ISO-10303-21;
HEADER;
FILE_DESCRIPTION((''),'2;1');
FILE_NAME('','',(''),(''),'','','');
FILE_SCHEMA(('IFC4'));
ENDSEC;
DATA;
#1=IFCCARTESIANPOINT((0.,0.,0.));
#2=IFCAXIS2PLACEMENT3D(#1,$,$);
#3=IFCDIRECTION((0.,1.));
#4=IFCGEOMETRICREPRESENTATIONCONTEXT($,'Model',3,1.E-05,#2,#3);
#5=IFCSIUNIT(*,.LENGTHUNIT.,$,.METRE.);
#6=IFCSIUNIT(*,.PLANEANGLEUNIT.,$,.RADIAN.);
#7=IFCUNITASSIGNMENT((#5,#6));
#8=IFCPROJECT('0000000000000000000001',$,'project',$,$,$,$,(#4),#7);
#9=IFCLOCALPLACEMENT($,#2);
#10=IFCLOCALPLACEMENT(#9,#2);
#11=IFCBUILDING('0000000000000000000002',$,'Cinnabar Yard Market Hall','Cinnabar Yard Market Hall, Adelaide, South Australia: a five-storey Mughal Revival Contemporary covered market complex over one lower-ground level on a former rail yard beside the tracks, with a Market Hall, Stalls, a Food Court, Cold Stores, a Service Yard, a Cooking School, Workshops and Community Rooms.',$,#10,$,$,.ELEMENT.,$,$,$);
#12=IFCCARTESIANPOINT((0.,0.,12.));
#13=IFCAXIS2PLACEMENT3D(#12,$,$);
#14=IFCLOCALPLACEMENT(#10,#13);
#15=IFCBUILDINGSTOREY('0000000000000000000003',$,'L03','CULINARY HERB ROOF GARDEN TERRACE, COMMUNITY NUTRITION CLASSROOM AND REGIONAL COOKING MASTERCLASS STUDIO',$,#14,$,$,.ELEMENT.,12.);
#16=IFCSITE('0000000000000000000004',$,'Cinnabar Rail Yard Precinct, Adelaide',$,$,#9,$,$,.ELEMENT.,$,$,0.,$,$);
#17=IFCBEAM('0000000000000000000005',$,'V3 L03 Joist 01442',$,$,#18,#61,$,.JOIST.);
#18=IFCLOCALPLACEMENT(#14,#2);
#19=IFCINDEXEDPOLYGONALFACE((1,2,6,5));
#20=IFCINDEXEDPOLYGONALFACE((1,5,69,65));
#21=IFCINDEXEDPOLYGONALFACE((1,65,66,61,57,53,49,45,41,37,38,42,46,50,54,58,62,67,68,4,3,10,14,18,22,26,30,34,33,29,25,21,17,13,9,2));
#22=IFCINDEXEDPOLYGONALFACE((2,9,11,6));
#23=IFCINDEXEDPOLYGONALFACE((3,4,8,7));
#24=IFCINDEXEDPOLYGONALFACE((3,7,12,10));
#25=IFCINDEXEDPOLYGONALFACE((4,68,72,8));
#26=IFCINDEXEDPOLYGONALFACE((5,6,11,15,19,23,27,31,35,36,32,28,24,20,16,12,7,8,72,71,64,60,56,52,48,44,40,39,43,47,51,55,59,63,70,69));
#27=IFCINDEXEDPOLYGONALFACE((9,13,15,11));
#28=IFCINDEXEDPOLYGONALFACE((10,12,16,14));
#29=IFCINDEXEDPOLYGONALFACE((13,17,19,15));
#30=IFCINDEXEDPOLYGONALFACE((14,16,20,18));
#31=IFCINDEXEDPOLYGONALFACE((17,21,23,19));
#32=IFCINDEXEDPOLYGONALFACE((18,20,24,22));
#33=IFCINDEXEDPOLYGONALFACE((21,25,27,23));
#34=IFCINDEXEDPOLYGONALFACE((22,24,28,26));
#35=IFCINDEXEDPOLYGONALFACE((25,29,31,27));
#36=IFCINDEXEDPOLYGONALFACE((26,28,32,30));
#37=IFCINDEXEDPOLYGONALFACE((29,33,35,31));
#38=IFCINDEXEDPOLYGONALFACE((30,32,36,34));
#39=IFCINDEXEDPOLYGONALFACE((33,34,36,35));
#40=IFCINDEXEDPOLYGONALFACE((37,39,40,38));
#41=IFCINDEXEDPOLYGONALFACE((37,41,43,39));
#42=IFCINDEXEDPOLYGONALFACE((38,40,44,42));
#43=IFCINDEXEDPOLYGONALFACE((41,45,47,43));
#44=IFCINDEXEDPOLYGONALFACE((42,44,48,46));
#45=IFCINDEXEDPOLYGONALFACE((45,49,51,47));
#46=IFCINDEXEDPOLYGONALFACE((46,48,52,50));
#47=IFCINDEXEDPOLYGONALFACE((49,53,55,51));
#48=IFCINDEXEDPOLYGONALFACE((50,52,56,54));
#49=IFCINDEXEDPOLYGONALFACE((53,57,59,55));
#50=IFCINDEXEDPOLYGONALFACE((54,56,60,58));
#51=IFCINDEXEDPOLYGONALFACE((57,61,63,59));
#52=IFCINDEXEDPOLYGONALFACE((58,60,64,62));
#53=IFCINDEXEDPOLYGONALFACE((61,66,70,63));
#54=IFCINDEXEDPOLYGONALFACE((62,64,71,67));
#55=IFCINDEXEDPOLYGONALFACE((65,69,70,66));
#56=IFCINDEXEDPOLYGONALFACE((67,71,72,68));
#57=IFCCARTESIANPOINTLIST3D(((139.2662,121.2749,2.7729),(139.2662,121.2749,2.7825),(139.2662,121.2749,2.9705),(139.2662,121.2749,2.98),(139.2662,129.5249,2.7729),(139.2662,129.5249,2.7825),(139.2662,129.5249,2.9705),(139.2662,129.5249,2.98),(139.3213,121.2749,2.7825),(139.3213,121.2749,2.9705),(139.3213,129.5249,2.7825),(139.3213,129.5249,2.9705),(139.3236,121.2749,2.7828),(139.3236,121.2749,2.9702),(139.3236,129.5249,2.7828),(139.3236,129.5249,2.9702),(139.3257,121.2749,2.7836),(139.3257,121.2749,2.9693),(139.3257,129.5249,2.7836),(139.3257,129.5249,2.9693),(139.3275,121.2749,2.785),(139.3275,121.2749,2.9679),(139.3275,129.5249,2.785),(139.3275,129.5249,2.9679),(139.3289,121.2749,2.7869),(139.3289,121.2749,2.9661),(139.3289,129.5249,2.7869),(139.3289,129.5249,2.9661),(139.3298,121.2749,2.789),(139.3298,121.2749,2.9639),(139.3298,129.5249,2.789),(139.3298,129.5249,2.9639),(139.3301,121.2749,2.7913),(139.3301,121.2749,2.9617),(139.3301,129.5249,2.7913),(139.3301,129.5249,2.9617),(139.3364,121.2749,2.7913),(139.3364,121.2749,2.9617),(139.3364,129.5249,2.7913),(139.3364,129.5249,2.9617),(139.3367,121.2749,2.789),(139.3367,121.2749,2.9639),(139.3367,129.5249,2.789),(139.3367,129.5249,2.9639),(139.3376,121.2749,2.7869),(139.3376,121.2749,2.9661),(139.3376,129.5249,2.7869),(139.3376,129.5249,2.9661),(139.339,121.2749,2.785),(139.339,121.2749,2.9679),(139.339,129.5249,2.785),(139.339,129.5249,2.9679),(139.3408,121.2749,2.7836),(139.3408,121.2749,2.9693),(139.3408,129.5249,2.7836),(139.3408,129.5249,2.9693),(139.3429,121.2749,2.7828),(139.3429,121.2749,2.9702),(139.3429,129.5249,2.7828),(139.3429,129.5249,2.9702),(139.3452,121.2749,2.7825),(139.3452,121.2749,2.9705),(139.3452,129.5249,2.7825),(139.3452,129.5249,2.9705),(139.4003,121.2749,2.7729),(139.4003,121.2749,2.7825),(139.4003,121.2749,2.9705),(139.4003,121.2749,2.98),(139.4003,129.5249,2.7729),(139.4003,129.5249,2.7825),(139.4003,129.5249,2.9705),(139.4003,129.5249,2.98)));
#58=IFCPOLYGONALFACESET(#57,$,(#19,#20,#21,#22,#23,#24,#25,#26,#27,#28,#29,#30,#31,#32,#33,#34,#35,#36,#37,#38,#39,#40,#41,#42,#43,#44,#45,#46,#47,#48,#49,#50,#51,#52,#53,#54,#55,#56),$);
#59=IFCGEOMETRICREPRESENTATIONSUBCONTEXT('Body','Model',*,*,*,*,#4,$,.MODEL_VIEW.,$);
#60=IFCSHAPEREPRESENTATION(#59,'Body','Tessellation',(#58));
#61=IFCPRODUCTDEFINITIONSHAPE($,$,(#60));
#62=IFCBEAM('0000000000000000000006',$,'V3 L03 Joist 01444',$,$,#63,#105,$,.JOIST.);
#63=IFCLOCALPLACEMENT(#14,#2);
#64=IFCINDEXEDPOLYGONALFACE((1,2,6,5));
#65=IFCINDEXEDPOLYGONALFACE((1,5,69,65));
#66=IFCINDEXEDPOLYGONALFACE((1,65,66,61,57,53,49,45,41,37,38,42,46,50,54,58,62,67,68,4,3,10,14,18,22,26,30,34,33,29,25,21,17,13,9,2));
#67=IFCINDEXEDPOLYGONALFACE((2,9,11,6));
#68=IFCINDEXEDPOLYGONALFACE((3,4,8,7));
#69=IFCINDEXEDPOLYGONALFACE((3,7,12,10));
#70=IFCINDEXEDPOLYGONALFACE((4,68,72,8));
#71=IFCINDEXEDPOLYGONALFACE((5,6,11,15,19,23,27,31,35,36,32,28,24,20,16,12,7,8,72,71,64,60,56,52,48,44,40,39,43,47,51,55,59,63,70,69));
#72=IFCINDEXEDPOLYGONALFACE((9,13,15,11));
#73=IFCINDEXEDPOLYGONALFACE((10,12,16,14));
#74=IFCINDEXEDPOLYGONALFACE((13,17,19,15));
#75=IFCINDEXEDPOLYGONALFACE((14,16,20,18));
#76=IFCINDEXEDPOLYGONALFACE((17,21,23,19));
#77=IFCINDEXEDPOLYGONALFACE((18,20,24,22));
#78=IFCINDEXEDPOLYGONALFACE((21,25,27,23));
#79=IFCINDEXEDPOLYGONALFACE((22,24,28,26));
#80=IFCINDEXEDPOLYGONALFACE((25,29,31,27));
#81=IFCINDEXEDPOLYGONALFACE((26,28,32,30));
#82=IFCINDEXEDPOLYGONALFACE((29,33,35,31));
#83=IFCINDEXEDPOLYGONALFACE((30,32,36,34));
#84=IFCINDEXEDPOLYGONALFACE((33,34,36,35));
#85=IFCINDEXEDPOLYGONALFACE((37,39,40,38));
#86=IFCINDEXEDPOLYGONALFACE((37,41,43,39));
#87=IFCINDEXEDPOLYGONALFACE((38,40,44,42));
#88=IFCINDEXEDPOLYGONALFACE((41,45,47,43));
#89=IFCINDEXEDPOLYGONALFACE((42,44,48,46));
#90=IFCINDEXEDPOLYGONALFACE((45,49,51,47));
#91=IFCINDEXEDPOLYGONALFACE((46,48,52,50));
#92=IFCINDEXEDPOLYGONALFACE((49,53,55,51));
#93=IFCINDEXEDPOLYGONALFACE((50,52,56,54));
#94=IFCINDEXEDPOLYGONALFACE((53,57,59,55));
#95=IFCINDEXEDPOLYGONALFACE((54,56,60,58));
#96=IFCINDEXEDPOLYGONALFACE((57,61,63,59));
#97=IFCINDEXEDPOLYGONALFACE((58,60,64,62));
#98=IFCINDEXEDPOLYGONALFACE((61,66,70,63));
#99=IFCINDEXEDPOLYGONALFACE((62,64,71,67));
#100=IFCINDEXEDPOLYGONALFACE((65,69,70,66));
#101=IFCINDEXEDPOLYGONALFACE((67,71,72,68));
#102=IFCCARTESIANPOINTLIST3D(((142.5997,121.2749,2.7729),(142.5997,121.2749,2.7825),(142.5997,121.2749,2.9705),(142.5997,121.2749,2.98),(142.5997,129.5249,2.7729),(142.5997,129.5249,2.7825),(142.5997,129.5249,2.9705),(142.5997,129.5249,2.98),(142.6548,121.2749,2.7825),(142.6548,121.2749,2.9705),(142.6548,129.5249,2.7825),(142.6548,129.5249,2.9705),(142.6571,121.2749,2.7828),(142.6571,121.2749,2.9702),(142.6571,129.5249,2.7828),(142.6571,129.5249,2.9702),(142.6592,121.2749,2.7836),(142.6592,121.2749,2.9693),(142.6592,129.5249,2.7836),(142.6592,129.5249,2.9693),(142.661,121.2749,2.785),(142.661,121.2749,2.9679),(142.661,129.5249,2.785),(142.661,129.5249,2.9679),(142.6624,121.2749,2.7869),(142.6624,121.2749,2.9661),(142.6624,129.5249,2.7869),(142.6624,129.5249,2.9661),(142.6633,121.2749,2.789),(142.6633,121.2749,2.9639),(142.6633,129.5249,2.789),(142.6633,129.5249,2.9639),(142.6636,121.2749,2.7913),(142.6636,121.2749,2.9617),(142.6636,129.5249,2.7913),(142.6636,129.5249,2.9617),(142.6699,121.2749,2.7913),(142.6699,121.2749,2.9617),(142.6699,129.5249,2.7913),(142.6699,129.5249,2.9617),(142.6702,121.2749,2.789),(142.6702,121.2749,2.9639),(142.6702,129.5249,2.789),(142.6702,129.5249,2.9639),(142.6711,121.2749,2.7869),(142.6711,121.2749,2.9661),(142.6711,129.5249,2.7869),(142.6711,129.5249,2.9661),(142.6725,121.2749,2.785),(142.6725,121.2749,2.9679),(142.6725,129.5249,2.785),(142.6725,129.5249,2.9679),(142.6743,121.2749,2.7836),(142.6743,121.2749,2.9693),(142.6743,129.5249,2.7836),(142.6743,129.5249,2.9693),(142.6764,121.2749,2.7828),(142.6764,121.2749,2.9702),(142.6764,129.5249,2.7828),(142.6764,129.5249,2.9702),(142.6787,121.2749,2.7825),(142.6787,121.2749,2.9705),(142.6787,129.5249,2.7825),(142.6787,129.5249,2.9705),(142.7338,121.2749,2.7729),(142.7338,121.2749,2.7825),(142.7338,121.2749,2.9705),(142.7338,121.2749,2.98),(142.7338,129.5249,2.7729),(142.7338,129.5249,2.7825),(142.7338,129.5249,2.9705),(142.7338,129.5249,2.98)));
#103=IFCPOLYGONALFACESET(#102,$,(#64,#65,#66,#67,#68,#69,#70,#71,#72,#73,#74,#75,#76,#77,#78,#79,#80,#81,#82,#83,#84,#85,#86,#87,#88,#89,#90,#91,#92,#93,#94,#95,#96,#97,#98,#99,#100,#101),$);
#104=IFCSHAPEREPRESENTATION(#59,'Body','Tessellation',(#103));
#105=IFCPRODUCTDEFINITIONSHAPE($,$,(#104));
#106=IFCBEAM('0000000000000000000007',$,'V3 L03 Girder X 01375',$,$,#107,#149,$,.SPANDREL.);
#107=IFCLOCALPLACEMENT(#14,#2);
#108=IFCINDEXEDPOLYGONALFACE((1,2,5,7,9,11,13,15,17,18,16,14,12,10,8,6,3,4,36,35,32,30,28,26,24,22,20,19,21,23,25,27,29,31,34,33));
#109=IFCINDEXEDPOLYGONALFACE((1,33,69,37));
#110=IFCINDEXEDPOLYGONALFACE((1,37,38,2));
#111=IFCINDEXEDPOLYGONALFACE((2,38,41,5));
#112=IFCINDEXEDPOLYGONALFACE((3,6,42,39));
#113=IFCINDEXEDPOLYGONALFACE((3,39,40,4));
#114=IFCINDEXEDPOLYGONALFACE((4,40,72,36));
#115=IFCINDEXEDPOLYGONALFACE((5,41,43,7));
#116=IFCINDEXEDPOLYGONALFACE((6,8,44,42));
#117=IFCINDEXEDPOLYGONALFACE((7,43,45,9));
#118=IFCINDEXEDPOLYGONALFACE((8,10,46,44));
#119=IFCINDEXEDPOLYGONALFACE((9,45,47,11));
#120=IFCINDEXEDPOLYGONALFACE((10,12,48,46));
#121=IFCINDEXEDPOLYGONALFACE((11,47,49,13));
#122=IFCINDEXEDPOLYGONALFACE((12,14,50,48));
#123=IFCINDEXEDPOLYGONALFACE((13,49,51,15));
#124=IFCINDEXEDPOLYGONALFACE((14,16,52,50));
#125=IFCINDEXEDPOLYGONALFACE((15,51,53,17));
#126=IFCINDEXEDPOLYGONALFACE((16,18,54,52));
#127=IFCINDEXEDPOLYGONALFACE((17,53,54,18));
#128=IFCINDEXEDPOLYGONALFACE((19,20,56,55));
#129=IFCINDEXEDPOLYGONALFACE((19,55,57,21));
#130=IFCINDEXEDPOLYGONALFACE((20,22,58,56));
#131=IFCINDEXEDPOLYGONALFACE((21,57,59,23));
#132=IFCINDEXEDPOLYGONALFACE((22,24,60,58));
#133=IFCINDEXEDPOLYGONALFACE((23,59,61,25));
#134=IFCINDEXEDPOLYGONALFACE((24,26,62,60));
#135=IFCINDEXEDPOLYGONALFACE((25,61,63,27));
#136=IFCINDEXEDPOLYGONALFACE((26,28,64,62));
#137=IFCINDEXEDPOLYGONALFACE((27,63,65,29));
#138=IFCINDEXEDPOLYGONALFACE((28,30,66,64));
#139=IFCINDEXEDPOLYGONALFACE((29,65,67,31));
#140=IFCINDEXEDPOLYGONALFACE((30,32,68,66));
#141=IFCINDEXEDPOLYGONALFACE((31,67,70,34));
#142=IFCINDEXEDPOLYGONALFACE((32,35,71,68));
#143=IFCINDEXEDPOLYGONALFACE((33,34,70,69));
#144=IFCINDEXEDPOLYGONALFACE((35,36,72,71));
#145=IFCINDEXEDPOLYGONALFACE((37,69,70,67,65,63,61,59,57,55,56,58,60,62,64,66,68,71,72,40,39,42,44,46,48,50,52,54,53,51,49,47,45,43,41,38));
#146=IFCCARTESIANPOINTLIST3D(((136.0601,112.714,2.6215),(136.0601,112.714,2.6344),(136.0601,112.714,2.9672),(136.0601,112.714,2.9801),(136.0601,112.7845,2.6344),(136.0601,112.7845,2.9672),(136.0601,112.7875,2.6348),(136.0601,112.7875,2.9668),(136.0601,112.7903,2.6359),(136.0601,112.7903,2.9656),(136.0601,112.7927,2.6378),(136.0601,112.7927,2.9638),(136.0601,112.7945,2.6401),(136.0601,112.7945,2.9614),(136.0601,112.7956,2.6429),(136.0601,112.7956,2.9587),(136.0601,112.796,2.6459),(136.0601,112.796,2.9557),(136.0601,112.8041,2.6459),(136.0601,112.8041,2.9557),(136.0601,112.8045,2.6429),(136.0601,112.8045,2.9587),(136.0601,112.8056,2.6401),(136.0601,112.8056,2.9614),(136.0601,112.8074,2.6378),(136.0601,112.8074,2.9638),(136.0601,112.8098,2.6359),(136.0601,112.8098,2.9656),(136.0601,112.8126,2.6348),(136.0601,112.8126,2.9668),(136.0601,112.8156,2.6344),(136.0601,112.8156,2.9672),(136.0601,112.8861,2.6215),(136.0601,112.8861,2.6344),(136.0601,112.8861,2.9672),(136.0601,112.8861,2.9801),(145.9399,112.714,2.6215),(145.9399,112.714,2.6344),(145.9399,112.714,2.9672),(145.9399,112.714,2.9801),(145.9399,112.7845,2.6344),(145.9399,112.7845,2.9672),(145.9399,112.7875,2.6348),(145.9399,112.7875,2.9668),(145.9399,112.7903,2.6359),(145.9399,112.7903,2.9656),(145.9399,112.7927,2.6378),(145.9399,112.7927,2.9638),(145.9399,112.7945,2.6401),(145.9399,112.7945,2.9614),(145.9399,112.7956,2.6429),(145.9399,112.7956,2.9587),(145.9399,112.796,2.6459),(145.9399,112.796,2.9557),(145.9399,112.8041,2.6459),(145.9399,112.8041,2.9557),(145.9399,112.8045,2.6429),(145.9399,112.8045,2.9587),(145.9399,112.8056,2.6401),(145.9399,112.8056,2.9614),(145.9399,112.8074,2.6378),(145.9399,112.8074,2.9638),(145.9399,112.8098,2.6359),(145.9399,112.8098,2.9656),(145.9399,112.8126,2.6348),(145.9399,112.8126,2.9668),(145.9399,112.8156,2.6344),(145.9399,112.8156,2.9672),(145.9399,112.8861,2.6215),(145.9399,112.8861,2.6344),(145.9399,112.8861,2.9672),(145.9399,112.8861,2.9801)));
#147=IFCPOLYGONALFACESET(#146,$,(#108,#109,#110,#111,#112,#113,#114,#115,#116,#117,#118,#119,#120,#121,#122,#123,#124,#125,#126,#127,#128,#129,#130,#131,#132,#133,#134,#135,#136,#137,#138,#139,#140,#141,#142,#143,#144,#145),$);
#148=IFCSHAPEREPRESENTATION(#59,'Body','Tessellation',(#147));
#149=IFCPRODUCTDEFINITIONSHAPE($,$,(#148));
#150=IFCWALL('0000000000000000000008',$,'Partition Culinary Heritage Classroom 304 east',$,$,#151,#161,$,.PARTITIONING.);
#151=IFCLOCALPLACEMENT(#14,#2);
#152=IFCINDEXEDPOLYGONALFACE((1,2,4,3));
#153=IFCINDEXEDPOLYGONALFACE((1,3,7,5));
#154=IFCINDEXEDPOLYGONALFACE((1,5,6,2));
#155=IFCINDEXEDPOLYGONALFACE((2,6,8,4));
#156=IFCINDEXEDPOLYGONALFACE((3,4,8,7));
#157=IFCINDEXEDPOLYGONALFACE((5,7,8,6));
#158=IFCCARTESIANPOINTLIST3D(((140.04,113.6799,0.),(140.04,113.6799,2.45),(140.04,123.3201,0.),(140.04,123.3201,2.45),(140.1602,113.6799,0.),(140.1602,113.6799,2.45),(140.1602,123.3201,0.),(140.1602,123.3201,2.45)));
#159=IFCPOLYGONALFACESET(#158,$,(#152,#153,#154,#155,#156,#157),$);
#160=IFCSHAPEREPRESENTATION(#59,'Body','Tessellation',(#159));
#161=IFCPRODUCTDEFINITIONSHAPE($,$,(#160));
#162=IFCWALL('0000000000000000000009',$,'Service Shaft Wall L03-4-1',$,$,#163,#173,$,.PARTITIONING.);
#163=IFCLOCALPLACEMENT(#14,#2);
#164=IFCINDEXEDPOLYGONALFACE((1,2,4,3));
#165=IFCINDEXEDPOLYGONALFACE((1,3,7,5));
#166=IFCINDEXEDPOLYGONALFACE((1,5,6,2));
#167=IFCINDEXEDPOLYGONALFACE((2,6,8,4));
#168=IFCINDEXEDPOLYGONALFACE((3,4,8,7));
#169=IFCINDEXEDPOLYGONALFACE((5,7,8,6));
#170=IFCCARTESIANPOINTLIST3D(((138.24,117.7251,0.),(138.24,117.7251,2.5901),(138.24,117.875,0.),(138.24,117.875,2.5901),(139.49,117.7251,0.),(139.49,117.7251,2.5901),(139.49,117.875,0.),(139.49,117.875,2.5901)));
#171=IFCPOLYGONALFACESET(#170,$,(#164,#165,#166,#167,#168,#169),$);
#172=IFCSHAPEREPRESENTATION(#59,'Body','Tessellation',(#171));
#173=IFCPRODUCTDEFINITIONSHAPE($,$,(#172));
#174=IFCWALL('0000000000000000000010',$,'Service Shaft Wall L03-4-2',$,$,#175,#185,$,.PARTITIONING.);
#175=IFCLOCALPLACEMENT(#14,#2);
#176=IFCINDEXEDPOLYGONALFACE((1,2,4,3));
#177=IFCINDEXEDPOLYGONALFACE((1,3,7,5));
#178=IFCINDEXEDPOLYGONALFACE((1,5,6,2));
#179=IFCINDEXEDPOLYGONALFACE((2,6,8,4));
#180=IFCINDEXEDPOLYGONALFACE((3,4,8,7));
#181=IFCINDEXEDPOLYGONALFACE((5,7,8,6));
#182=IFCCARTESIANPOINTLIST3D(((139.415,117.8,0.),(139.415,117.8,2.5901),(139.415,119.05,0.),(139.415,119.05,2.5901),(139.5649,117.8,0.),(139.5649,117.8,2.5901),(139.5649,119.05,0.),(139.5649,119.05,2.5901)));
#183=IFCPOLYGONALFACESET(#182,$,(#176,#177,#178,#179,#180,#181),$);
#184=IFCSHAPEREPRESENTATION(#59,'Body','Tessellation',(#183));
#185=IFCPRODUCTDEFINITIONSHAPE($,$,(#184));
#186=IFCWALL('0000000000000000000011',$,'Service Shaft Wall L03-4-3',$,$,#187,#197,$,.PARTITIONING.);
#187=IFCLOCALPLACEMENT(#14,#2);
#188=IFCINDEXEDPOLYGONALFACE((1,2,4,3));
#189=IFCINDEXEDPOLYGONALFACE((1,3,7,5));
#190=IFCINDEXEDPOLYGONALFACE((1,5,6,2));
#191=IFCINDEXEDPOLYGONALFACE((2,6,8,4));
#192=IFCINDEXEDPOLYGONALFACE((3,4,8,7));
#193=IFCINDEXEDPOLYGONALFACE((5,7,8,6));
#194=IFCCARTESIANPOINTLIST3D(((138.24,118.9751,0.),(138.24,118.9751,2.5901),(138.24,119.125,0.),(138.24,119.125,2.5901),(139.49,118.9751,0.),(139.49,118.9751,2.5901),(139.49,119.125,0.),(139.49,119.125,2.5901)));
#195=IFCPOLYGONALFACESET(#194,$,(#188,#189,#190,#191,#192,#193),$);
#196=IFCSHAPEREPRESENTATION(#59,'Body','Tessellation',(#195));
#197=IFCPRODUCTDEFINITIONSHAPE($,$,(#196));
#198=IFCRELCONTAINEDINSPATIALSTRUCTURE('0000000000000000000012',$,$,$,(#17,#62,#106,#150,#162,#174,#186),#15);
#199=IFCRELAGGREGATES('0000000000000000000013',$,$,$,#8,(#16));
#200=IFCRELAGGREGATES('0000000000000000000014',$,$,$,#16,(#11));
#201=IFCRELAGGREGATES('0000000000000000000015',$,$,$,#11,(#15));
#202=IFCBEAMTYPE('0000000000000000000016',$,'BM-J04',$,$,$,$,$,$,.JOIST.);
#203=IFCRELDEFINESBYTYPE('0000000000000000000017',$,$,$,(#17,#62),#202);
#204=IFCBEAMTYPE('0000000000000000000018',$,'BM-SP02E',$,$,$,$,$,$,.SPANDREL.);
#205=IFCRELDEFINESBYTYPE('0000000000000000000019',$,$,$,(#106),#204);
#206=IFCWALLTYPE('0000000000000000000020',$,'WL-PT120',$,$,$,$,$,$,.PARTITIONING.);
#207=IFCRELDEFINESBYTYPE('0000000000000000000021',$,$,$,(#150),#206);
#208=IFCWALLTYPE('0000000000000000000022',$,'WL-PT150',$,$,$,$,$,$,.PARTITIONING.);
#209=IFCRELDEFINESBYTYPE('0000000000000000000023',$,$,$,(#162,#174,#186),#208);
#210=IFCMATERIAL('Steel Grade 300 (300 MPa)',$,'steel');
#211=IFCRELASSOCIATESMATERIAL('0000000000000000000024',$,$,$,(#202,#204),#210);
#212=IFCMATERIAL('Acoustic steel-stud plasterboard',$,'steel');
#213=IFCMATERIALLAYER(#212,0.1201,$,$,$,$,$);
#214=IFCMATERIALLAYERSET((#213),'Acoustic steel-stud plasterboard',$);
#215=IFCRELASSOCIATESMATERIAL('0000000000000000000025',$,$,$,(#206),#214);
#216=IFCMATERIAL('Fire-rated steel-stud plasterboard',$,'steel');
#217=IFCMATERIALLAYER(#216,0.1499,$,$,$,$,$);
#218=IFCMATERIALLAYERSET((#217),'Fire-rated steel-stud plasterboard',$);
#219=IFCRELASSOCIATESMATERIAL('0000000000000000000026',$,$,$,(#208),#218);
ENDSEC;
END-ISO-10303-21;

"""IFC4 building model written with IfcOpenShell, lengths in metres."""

from ifc_helpers import new_model, si_unit, direction, frame, frame_2d, origin, origin_2d_with_axis, place, context, subcontext, project, spatial, rectangle, i_section, extrude, material, layer, layer_set, material_profile, profile_set, type_object, element, save


model = new_model("IFC4")

# Units and contexts
model_context = context("Model", 3, precision=1e-05, world=origin(), true_north=direction((0.0, 1.0)))
body_context = subcontext(model_context, "Body", "Model", "MODEL_VIEW")
ifc_project = project(units=[si_unit("LENGTHUNIT", "METRE"), si_unit("PLANEANGLEUNIT", "RADIAN")], contexts=[model_context])

# Site, building, storey
site_placement = place(None, origin())
site = spatial("IfcSite", under=ifc_project, at=site_placement, Name="Cinnabar Rail Yard Precinct, Adelaide", CompositionType="ELEMENT", RefElevation=0.0)
building_placement = place(site_placement, origin())
building = spatial("IfcBuilding", under=site, at=building_placement, Name="Cinnabar Yard Market Hall", Description="Cinnabar Yard Market Hall, Adelaide, South Australia: a five-storey Mughal Revival Contemporary covered market complex over one lower-ground level on a former rail yard beside the tracks, with a Market Hall, Stalls, a Food Court, Cold Stores, a Service Yard, a Cooking School, Workshops and Community Rooms.", CompositionType="ELEMENT")
storey_placement = place(building_placement, frame((0.0, 0.0, 12.0)))
storey = spatial("IfcBuildingStorey", under=building, at=storey_placement, Name="L03", Description="CULINARY HERB ROOF GARDEN TERRACE, COMMUNITY NUTRITION CLASSROOM AND REGIONAL COOKING MASTERCLASS STUDIO", CompositionType="ELEMENT", Elevation=12.0)

# Shared definitions
ifc_material_1 = material(Name="Steel Grade 300 (300 MPa)", Category="steel")

# Beams
ifc_material_profile_1 = material_profile(ifc_material_1, i_section(OverallWidth=0.134, OverallDepth=0.207, WebThickness=0.0063, FlangeThickness=0.0095, FilletRadius=0.0088, at=origin_2d_with_axis()), Name="200UB29.8")
ifc_profile_set_1 = profile_set([ifc_material_profile_1], Name="Steel Grade 300 (300 MPa)")
beam_type_1 = type_object("IfcBeamType", Name="BM-J04", PredefinedType="JOIST", material=ifc_profile_set_1)
for number, where, z_axis, x_axis, name in (
    (1, (139.3333, 121.2749, 2.8765), (0.0, 1.0, 0.0), (-1.0, 0.0, 0.0), "V3 L03 Joist 01442"),
    (2, (142.6667, 121.2749, 2.8765), (0.0, 1.0, 0.0), (-1.0, 0.0, 0.0), "V3 L03 Joist 01444"),
):
    element("IfcBeam", number, at=place(storey_placement, frame(where, z_axis=z_axis, x_axis=x_axis)), inside=storey, type_object=beam_type_1, Name=name, PredefinedType="JOIST", context=body_context, shape_type="SweptSolid", body=[
        extrude(i_section(OverallWidth=0.134, OverallDepth=0.207, WebThickness=0.0063, FlangeThickness=0.0095, FilletRadius=0.0088, at=origin_2d_with_axis()), origin(), (0.0, 0.0, 1.0), 8.25),
    ])
ifc_material_profile_2 = material_profile(ifc_material_1, i_section(OverallWidth=0.1721, OverallDepth=0.3586, WebThickness=0.0081, FlangeThickness=0.0129, FilletRadius=0.0115, at=origin_2d_with_axis()), Name="360UB56.7")
ifc_profile_set_2 = profile_set([ifc_material_profile_2], Name="Steel Grade 300 (300 MPa)")
beam_type_2 = type_object("IfcBeamType", Name="BM-SP02E", PredefinedType="SPANDREL", material=ifc_profile_set_2)
beam_1_placement = place(storey_placement, frame((136.0601, 112.8, 2.8008), z_axis=(1.0, 0.0, 0.0), x_axis=(0.0, 1.0, 0.0)))
element("IfcBeam", 3, at=beam_1_placement, inside=storey, type_object=beam_type_2, Name="V3 L03 Girder X 01375", PredefinedType="SPANDREL", context=body_context, shape_type="SweptSolid", body=[
    extrude(i_section(OverallWidth=0.1721, OverallDepth=0.3586, WebThickness=0.0081, FlangeThickness=0.0129, FilletRadius=0.0115, at=origin_2d_with_axis()), origin(), (0.0, 0.0, 1.0), 9.8799),
])

# Walls
ifc_material_2 = material(Name="Acoustic steel-stud plasterboard", Category="steel")
ifc_layer_1 = layer(ifc_material_2, 0.1201)
ifc_layer_set_1 = layer_set([ifc_layer_1], Name="Acoustic steel-stud plasterboard")
wall_type_1 = type_object("IfcWallType", Name="WL-PT120", PredefinedType="PARTITIONING", material=ifc_layer_set_1)
wall_1_placement = place(storey_placement, frame((140.1001, 113.6799, 0.0), z_axis=(0.0, 0.0, 1.0), x_axis=(0.0, 1.0, 0.0)))
element("IfcWall", 4, at=wall_1_placement, inside=storey, type_object=wall_type_1, Name="Partition Culinary Heritage Classroom 304 east", PredefinedType="PARTITIONING", context=body_context, shape_type="SweptSolid", body=[
    extrude(rectangle(XDim=9.6401, YDim=0.1201, at=frame_2d((4.8201, 0.0), x_axis=(1.0, 0.0))), origin(), (0.0, 0.0, 1.0), 2.45),
])
ifc_material_3 = material(Name="Fire-rated steel-stud plasterboard", Category="steel")
ifc_layer_2 = layer(ifc_material_3, 0.1499)
ifc_layer_set_2 = layer_set([ifc_layer_2], Name="Fire-rated steel-stud plasterboard")
wall_type_2 = type_object("IfcWallType", Name="WL-PT150", PredefinedType="PARTITIONING", material=ifc_layer_set_2)
for number, where, z_axis, x_axis, name in (
    (5, (138.24, 117.8, 0.0), (0.0, 0.0, 1.0), (1.0, 0.0, 0.0), "Service Shaft Wall L03-4-1"),
    (6, (139.49, 117.8, 0.0), (0.0, 0.0, 1.0), (0.0, 1.0, 0.0), "Service Shaft Wall L03-4-2"),
    (7, (139.49, 119.05, 0.0), (0.0, 0.0, 1.0), (-1.0, 0.0, 0.0), "Service Shaft Wall L03-4-3"),
):
    element("IfcWall", number, at=place(storey_placement, frame(where, z_axis=z_axis, x_axis=x_axis)), inside=storey, type_object=wall_type_2, Name=name, PredefinedType="PARTITIONING", context=body_context, shape_type="SweptSolid", body=[
        extrude(rectangle(XDim=1.25, YDim=0.1499, at=frame_2d((0.625, 0.0), x_axis=(1.0, 0.0))), origin(), (0.0, 0.0, 1.0), 2.5901),
    ])

save(model, "model.ifc")
